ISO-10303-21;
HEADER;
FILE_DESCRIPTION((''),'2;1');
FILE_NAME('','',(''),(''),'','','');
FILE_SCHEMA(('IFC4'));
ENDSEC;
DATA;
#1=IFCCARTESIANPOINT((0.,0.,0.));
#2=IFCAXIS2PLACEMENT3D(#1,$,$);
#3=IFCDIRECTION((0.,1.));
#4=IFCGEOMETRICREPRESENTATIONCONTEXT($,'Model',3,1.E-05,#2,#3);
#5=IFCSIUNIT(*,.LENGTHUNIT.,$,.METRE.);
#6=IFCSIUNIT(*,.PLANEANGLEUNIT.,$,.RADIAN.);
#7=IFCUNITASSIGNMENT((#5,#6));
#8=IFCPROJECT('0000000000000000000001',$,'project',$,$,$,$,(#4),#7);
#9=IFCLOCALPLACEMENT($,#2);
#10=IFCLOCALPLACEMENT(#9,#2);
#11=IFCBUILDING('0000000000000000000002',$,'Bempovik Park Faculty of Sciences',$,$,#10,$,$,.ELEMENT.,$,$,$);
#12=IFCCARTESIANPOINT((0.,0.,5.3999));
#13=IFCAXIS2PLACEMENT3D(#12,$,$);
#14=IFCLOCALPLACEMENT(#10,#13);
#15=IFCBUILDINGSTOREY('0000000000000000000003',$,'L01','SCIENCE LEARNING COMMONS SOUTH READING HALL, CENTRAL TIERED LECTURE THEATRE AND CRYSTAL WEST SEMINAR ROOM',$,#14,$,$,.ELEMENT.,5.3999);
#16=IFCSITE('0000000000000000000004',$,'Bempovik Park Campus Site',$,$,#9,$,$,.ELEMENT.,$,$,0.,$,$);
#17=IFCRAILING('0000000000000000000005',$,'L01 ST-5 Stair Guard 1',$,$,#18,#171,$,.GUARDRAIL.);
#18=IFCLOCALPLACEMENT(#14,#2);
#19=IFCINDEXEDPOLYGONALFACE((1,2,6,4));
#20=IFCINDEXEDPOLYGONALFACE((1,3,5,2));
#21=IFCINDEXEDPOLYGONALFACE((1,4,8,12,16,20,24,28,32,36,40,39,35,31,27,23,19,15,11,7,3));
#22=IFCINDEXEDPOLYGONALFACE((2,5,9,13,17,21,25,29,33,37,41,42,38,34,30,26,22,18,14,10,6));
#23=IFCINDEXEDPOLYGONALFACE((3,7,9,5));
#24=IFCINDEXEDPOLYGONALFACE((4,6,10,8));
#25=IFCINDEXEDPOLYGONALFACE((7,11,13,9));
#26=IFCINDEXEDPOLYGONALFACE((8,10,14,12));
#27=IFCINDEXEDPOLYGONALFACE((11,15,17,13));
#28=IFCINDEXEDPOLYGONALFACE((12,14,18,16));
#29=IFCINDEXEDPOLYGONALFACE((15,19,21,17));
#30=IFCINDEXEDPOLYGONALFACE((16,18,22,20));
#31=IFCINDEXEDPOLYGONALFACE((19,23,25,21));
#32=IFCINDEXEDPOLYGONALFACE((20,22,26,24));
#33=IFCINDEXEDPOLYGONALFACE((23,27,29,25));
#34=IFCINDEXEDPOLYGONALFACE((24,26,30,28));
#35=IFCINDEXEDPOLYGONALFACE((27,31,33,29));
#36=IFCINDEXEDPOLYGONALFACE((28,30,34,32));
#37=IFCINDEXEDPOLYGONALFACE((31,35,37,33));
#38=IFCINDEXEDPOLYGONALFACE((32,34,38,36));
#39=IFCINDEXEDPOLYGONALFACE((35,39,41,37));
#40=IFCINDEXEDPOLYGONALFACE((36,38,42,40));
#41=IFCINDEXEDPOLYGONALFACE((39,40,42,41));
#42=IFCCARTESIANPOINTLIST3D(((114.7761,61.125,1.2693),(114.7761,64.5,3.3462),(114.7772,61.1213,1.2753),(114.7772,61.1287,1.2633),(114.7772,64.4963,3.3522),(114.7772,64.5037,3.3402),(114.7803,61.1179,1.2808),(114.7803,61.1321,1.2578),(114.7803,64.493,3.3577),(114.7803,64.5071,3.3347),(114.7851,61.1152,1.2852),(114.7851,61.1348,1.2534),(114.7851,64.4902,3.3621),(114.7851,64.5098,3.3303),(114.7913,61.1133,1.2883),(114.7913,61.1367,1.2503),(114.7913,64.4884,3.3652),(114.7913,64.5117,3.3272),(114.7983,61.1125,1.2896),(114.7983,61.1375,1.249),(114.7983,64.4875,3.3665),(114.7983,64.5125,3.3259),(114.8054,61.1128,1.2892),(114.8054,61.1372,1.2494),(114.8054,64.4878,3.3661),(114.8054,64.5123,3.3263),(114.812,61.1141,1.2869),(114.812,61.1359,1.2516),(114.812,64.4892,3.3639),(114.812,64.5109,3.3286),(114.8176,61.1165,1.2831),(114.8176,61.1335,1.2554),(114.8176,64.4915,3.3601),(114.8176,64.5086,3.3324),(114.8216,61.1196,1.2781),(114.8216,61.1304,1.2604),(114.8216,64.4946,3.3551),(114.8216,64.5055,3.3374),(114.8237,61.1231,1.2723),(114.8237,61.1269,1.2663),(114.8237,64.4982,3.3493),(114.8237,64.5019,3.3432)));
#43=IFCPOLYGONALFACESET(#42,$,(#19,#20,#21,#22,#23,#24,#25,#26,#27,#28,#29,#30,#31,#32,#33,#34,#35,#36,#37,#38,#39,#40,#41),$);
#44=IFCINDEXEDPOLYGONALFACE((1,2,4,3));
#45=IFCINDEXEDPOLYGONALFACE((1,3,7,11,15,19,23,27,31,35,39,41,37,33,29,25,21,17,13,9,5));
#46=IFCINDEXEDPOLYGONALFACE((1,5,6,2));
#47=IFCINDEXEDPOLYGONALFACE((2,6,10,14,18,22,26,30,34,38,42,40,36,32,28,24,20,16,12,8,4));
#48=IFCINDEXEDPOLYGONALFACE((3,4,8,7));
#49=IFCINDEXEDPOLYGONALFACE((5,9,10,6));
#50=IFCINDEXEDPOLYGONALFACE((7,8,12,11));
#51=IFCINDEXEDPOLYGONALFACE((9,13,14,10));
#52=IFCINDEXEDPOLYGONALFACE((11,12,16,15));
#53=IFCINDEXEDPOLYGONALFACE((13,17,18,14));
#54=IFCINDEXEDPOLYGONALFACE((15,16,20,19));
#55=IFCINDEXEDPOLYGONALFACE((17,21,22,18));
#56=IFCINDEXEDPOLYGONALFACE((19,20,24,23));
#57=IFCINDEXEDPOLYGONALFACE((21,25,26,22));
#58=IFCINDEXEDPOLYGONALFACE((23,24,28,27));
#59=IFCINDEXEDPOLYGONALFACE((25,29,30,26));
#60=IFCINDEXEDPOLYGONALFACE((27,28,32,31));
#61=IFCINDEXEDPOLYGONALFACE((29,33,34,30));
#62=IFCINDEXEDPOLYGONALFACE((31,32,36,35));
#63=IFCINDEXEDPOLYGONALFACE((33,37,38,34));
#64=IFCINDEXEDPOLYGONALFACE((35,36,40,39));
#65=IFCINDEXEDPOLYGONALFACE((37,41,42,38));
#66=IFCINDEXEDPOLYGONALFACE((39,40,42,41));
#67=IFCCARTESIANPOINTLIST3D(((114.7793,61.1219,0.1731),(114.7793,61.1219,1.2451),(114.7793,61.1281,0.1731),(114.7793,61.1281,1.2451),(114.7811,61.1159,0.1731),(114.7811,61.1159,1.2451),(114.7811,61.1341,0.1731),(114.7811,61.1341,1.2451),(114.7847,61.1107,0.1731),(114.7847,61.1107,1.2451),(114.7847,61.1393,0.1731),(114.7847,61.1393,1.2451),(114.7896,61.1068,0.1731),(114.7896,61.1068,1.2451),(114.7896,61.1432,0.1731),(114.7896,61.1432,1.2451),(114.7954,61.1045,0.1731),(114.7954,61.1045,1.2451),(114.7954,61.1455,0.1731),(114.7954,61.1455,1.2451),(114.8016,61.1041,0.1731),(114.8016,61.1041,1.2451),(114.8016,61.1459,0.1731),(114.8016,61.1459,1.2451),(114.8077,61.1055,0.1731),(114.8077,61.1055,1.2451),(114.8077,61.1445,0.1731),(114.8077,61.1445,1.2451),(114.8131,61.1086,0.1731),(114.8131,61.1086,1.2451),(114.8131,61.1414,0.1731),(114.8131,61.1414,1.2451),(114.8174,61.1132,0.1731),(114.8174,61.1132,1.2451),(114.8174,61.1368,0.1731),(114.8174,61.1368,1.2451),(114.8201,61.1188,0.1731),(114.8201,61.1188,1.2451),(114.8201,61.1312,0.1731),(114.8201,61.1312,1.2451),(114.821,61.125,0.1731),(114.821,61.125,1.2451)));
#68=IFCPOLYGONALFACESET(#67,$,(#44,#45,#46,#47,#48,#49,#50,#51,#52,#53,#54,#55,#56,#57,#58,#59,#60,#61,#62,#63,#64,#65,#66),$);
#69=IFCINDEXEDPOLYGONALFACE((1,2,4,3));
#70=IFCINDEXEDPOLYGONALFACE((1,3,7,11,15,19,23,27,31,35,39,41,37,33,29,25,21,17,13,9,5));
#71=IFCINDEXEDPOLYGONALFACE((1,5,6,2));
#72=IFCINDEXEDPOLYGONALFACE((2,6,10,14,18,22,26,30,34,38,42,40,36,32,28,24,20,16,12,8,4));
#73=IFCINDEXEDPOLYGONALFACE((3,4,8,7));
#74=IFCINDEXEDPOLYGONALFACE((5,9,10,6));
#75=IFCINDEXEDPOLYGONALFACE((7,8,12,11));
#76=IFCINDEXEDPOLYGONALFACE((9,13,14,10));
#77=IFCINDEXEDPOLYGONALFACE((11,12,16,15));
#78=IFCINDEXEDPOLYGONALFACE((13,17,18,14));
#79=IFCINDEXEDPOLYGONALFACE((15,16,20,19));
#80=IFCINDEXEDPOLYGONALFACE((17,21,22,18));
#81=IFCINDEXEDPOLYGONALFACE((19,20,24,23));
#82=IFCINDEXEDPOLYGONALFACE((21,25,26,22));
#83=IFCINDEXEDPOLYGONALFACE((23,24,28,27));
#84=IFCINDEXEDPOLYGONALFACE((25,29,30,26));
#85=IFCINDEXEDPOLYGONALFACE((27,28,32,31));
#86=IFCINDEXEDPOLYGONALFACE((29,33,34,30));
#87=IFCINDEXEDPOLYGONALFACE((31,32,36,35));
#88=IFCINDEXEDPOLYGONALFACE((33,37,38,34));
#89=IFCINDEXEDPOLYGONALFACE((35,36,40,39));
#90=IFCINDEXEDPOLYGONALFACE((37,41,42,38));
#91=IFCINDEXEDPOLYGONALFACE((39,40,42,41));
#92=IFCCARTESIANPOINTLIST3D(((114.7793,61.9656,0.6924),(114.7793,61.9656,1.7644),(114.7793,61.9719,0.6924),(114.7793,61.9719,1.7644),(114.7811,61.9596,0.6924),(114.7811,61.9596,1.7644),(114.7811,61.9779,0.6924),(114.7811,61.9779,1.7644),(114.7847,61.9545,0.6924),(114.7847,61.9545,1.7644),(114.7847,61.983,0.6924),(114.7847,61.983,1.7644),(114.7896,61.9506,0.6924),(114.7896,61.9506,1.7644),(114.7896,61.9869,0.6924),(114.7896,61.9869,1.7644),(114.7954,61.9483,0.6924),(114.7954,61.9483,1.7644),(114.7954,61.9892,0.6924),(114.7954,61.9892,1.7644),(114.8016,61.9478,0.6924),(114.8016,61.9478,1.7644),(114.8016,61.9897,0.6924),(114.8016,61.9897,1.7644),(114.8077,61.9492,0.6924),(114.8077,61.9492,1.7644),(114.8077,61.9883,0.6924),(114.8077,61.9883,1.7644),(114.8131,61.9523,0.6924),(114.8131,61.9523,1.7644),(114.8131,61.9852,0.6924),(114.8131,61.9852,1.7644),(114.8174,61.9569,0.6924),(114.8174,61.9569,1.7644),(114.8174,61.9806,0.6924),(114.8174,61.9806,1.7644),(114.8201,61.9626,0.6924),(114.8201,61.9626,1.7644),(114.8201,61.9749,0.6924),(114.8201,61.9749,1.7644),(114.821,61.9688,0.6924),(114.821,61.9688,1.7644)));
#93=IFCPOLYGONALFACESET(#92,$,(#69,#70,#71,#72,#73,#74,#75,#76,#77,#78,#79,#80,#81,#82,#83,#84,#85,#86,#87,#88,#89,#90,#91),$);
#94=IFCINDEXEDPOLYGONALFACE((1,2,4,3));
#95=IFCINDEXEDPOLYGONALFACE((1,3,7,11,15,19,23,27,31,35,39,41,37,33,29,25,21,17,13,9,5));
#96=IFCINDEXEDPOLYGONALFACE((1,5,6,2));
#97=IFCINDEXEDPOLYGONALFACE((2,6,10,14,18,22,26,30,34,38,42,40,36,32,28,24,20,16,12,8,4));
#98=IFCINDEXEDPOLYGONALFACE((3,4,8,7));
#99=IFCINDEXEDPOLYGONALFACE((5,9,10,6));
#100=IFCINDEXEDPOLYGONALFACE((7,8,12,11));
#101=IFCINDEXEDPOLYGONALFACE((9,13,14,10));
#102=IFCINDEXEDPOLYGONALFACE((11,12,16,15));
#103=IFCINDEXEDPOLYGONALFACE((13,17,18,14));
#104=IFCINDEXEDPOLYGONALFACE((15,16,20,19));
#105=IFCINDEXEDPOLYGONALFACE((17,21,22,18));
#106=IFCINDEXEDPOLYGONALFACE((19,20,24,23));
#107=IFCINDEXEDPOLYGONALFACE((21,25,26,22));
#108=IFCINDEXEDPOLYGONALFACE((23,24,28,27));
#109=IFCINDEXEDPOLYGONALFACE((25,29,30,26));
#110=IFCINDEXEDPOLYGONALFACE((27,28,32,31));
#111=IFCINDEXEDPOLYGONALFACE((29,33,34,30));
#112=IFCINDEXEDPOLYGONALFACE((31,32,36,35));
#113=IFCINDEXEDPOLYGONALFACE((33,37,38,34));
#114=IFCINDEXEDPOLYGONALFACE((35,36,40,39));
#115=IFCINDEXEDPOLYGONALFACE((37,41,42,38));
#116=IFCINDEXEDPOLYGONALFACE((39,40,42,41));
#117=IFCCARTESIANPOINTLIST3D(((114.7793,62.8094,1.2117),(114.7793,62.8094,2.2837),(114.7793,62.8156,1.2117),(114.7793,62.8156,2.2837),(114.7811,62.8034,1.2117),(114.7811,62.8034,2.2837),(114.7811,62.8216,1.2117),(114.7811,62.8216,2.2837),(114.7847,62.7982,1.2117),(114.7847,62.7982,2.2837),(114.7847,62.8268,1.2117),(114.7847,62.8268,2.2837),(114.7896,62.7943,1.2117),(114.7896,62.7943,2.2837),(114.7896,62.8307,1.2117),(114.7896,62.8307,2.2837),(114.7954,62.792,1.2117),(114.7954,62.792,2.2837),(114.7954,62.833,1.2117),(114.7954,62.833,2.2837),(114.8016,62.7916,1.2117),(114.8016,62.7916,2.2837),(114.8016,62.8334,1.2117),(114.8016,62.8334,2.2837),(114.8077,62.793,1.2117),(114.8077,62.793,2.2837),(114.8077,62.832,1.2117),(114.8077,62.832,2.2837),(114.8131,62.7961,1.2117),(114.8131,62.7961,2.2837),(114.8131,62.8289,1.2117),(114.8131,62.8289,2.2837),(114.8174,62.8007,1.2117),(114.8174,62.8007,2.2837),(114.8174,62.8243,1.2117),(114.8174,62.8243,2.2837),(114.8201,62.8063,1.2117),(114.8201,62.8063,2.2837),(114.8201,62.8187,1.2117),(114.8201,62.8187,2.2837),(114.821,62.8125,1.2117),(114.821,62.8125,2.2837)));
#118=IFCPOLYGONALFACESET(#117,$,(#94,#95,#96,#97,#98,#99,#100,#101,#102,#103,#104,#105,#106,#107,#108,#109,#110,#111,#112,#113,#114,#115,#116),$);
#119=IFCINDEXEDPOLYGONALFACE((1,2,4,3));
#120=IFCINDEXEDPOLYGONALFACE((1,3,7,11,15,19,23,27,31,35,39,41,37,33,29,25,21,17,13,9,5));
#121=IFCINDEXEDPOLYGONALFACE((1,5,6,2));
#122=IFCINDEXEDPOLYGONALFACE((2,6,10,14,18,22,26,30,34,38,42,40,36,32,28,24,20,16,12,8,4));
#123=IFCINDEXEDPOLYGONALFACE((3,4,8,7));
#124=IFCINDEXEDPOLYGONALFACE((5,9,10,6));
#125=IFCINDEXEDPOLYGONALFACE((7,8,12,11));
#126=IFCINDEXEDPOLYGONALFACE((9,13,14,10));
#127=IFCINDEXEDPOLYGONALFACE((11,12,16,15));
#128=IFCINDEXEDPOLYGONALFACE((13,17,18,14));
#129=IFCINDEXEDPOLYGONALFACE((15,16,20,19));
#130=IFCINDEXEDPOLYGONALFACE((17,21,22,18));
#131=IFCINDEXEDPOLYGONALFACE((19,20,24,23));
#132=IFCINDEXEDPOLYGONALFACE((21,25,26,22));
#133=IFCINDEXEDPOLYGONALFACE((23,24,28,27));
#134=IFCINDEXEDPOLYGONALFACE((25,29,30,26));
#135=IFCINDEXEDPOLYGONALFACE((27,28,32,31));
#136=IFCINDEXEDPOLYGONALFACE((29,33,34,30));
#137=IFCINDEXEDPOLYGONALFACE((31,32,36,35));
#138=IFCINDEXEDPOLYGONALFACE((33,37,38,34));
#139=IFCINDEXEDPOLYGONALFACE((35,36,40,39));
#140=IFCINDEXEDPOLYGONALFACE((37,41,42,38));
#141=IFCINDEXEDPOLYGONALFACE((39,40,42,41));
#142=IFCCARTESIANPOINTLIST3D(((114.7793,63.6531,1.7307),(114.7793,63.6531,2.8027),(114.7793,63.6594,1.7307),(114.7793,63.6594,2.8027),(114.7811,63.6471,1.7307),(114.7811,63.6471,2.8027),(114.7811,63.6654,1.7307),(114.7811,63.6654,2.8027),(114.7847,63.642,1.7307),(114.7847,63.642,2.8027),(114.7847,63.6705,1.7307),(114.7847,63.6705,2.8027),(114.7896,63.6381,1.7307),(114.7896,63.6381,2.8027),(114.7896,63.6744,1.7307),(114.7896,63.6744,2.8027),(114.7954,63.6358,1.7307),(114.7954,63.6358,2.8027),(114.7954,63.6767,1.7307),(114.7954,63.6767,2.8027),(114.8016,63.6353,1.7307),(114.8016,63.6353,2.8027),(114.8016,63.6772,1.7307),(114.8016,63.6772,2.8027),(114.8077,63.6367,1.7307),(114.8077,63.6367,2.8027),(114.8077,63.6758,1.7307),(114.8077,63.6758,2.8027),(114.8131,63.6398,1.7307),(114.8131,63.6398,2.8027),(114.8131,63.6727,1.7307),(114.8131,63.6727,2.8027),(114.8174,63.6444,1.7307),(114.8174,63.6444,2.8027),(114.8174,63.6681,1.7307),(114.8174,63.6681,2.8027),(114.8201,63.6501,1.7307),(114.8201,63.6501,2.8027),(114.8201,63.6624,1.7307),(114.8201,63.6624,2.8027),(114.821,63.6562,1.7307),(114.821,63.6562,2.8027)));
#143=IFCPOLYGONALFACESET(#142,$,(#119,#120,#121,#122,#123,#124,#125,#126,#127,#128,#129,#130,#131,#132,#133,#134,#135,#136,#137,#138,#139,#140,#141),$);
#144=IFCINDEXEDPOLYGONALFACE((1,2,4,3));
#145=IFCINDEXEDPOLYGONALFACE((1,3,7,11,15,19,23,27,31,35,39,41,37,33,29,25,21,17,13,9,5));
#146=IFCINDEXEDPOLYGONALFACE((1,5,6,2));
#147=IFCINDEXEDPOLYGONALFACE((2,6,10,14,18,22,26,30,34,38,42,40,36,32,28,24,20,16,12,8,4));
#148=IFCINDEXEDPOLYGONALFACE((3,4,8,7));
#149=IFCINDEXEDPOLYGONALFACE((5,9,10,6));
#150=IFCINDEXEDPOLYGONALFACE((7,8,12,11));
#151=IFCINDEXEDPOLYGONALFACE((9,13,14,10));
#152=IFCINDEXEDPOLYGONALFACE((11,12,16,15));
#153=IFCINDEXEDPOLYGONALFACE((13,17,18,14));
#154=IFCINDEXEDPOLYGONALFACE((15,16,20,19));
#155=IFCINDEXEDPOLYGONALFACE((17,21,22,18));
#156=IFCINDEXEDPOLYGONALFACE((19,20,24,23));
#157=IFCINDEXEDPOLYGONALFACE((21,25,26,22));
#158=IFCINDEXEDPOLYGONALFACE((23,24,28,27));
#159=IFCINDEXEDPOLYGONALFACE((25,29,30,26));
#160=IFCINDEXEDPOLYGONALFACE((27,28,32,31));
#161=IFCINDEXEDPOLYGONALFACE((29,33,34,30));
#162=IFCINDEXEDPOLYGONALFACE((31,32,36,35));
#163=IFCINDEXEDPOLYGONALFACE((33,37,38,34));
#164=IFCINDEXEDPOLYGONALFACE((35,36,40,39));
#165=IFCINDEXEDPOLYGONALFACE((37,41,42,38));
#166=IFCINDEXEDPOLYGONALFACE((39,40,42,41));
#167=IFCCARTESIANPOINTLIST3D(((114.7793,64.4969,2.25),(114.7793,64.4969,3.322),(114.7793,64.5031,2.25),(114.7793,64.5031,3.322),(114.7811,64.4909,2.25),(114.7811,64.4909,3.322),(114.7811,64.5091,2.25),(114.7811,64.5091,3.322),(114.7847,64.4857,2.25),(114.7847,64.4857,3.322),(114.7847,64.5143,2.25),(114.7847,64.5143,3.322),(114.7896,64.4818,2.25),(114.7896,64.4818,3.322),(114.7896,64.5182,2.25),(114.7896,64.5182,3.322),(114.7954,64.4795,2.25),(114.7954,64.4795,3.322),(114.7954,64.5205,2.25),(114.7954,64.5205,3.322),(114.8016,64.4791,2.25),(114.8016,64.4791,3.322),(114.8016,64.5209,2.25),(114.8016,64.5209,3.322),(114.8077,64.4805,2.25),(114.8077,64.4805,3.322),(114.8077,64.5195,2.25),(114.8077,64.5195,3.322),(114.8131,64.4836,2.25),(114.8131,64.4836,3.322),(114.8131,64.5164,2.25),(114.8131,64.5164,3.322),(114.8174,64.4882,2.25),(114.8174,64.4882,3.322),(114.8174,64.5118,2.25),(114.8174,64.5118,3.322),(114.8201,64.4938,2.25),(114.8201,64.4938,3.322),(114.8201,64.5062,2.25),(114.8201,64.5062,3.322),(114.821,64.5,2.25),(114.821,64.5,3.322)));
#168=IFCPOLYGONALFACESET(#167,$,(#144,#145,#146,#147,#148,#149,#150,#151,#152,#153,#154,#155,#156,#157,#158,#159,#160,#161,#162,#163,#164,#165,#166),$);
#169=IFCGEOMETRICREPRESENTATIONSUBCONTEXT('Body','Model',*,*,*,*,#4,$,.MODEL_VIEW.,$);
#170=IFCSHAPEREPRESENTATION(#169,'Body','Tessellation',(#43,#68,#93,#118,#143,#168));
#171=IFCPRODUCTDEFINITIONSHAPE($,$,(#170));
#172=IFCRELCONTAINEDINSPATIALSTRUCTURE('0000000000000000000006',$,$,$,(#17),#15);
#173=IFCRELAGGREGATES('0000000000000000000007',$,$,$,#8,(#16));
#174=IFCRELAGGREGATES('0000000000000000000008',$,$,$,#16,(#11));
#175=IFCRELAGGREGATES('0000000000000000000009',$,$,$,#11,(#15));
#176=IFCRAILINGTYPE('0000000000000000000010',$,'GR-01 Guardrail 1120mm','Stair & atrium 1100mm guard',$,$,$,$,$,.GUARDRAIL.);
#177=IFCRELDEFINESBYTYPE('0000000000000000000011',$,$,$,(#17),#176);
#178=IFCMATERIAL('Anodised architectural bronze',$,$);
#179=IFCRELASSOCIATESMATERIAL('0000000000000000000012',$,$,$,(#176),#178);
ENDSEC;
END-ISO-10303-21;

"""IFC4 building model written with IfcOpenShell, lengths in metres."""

from ifc_helpers import new_model, si_unit, direction, frame, origin, origin_2d, place, context, subcontext, project, spatial, circle, extrude, material, type_object, element, save


model = new_model("IFC4")

# Units and contexts
model_context = context("Model", 3, precision=1e-05, world=origin(), true_north=direction((0.0, 1.0)))
body_context = subcontext(model_context, "Body", "Model", "MODEL_VIEW")
ifc_project = project(units=[si_unit("LENGTHUNIT", "METRE"), si_unit("PLANEANGLEUNIT", "RADIAN")], contexts=[model_context])

# Site, building, storey
site_placement = place(None, origin())
site = spatial("IfcSite", under=ifc_project, at=site_placement, Name="Bempovik Park Campus Site", CompositionType="ELEMENT", RefElevation=0.0)
building_placement = place(site_placement, origin())
building = spatial("IfcBuilding", under=site, at=building_placement, Name="Bempovik Park Faculty of Sciences", CompositionType="ELEMENT")
storey_placement = place(building_placement, frame((0.0, 0.0, 5.3999)))
storey = spatial("IfcBuildingStorey", under=building, at=storey_placement, Name="L01", Description="SCIENCE LEARNING COMMONS SOUTH READING HALL, CENTRAL TIERED LECTURE THEATRE AND CRYSTAL WEST SEMINAR ROOM", CompositionType="ELEMENT", Elevation=5.3999)

# Railing
ifc_material_1 = material(Name="Anodised architectural bronze")
railing_type_1 = type_object("IfcRailingType", Name="GR-01 Guardrail 1120mm", Description="Stair & atrium 1100mm guard", PredefinedType="GUARDRAIL", material=ifc_material_1)
railing_1_placement = place(storey_placement, frame((114.8, 61.125, 0.1731)))
element("IfcRailing", 1, at=railing_1_placement, inside=storey, type_object=railing_type_1, Name="L01 ST-5 Stair Guard 1", PredefinedType="GUARDRAIL", context=body_context, shape_type="SweptSolid", body=[
    extrude(circle(Radius=0.0239, at=origin_2d()), frame((0.0, 0.0, 1.0962), z_axis=(0.0, 0.85166, 0.524094), x_axis=(-1.0, 0.0, 0.0)), (0.0, 0.0, 1.0), 3.9629),
    extrude(circle(Radius=0.021, at=origin_2d()), origin(), (0.0, 0.0, 1.0), 1.072),
    extrude(circle(Radius=0.021, at=origin_2d()), frame((0.0, 0.8438, 0.5193)), (0.0, 0.0, 1.0), 1.072),
    extrude(circle(Radius=0.021, at=origin_2d()), frame((0.0, 1.6875, 1.0386)), (0.0, 0.0, 1.0), 1.072),
    extrude(circle(Radius=0.021, at=origin_2d()), frame((0.0, 2.5312, 1.5576)), (0.0, 0.0, 1.0), 1.072),
    extrude(circle(Radius=0.021, at=origin_2d()), frame((0.0, 3.375, 2.0769)), (0.0, 0.0, 1.0), 1.072),
])

save(model, "model.ifc")
